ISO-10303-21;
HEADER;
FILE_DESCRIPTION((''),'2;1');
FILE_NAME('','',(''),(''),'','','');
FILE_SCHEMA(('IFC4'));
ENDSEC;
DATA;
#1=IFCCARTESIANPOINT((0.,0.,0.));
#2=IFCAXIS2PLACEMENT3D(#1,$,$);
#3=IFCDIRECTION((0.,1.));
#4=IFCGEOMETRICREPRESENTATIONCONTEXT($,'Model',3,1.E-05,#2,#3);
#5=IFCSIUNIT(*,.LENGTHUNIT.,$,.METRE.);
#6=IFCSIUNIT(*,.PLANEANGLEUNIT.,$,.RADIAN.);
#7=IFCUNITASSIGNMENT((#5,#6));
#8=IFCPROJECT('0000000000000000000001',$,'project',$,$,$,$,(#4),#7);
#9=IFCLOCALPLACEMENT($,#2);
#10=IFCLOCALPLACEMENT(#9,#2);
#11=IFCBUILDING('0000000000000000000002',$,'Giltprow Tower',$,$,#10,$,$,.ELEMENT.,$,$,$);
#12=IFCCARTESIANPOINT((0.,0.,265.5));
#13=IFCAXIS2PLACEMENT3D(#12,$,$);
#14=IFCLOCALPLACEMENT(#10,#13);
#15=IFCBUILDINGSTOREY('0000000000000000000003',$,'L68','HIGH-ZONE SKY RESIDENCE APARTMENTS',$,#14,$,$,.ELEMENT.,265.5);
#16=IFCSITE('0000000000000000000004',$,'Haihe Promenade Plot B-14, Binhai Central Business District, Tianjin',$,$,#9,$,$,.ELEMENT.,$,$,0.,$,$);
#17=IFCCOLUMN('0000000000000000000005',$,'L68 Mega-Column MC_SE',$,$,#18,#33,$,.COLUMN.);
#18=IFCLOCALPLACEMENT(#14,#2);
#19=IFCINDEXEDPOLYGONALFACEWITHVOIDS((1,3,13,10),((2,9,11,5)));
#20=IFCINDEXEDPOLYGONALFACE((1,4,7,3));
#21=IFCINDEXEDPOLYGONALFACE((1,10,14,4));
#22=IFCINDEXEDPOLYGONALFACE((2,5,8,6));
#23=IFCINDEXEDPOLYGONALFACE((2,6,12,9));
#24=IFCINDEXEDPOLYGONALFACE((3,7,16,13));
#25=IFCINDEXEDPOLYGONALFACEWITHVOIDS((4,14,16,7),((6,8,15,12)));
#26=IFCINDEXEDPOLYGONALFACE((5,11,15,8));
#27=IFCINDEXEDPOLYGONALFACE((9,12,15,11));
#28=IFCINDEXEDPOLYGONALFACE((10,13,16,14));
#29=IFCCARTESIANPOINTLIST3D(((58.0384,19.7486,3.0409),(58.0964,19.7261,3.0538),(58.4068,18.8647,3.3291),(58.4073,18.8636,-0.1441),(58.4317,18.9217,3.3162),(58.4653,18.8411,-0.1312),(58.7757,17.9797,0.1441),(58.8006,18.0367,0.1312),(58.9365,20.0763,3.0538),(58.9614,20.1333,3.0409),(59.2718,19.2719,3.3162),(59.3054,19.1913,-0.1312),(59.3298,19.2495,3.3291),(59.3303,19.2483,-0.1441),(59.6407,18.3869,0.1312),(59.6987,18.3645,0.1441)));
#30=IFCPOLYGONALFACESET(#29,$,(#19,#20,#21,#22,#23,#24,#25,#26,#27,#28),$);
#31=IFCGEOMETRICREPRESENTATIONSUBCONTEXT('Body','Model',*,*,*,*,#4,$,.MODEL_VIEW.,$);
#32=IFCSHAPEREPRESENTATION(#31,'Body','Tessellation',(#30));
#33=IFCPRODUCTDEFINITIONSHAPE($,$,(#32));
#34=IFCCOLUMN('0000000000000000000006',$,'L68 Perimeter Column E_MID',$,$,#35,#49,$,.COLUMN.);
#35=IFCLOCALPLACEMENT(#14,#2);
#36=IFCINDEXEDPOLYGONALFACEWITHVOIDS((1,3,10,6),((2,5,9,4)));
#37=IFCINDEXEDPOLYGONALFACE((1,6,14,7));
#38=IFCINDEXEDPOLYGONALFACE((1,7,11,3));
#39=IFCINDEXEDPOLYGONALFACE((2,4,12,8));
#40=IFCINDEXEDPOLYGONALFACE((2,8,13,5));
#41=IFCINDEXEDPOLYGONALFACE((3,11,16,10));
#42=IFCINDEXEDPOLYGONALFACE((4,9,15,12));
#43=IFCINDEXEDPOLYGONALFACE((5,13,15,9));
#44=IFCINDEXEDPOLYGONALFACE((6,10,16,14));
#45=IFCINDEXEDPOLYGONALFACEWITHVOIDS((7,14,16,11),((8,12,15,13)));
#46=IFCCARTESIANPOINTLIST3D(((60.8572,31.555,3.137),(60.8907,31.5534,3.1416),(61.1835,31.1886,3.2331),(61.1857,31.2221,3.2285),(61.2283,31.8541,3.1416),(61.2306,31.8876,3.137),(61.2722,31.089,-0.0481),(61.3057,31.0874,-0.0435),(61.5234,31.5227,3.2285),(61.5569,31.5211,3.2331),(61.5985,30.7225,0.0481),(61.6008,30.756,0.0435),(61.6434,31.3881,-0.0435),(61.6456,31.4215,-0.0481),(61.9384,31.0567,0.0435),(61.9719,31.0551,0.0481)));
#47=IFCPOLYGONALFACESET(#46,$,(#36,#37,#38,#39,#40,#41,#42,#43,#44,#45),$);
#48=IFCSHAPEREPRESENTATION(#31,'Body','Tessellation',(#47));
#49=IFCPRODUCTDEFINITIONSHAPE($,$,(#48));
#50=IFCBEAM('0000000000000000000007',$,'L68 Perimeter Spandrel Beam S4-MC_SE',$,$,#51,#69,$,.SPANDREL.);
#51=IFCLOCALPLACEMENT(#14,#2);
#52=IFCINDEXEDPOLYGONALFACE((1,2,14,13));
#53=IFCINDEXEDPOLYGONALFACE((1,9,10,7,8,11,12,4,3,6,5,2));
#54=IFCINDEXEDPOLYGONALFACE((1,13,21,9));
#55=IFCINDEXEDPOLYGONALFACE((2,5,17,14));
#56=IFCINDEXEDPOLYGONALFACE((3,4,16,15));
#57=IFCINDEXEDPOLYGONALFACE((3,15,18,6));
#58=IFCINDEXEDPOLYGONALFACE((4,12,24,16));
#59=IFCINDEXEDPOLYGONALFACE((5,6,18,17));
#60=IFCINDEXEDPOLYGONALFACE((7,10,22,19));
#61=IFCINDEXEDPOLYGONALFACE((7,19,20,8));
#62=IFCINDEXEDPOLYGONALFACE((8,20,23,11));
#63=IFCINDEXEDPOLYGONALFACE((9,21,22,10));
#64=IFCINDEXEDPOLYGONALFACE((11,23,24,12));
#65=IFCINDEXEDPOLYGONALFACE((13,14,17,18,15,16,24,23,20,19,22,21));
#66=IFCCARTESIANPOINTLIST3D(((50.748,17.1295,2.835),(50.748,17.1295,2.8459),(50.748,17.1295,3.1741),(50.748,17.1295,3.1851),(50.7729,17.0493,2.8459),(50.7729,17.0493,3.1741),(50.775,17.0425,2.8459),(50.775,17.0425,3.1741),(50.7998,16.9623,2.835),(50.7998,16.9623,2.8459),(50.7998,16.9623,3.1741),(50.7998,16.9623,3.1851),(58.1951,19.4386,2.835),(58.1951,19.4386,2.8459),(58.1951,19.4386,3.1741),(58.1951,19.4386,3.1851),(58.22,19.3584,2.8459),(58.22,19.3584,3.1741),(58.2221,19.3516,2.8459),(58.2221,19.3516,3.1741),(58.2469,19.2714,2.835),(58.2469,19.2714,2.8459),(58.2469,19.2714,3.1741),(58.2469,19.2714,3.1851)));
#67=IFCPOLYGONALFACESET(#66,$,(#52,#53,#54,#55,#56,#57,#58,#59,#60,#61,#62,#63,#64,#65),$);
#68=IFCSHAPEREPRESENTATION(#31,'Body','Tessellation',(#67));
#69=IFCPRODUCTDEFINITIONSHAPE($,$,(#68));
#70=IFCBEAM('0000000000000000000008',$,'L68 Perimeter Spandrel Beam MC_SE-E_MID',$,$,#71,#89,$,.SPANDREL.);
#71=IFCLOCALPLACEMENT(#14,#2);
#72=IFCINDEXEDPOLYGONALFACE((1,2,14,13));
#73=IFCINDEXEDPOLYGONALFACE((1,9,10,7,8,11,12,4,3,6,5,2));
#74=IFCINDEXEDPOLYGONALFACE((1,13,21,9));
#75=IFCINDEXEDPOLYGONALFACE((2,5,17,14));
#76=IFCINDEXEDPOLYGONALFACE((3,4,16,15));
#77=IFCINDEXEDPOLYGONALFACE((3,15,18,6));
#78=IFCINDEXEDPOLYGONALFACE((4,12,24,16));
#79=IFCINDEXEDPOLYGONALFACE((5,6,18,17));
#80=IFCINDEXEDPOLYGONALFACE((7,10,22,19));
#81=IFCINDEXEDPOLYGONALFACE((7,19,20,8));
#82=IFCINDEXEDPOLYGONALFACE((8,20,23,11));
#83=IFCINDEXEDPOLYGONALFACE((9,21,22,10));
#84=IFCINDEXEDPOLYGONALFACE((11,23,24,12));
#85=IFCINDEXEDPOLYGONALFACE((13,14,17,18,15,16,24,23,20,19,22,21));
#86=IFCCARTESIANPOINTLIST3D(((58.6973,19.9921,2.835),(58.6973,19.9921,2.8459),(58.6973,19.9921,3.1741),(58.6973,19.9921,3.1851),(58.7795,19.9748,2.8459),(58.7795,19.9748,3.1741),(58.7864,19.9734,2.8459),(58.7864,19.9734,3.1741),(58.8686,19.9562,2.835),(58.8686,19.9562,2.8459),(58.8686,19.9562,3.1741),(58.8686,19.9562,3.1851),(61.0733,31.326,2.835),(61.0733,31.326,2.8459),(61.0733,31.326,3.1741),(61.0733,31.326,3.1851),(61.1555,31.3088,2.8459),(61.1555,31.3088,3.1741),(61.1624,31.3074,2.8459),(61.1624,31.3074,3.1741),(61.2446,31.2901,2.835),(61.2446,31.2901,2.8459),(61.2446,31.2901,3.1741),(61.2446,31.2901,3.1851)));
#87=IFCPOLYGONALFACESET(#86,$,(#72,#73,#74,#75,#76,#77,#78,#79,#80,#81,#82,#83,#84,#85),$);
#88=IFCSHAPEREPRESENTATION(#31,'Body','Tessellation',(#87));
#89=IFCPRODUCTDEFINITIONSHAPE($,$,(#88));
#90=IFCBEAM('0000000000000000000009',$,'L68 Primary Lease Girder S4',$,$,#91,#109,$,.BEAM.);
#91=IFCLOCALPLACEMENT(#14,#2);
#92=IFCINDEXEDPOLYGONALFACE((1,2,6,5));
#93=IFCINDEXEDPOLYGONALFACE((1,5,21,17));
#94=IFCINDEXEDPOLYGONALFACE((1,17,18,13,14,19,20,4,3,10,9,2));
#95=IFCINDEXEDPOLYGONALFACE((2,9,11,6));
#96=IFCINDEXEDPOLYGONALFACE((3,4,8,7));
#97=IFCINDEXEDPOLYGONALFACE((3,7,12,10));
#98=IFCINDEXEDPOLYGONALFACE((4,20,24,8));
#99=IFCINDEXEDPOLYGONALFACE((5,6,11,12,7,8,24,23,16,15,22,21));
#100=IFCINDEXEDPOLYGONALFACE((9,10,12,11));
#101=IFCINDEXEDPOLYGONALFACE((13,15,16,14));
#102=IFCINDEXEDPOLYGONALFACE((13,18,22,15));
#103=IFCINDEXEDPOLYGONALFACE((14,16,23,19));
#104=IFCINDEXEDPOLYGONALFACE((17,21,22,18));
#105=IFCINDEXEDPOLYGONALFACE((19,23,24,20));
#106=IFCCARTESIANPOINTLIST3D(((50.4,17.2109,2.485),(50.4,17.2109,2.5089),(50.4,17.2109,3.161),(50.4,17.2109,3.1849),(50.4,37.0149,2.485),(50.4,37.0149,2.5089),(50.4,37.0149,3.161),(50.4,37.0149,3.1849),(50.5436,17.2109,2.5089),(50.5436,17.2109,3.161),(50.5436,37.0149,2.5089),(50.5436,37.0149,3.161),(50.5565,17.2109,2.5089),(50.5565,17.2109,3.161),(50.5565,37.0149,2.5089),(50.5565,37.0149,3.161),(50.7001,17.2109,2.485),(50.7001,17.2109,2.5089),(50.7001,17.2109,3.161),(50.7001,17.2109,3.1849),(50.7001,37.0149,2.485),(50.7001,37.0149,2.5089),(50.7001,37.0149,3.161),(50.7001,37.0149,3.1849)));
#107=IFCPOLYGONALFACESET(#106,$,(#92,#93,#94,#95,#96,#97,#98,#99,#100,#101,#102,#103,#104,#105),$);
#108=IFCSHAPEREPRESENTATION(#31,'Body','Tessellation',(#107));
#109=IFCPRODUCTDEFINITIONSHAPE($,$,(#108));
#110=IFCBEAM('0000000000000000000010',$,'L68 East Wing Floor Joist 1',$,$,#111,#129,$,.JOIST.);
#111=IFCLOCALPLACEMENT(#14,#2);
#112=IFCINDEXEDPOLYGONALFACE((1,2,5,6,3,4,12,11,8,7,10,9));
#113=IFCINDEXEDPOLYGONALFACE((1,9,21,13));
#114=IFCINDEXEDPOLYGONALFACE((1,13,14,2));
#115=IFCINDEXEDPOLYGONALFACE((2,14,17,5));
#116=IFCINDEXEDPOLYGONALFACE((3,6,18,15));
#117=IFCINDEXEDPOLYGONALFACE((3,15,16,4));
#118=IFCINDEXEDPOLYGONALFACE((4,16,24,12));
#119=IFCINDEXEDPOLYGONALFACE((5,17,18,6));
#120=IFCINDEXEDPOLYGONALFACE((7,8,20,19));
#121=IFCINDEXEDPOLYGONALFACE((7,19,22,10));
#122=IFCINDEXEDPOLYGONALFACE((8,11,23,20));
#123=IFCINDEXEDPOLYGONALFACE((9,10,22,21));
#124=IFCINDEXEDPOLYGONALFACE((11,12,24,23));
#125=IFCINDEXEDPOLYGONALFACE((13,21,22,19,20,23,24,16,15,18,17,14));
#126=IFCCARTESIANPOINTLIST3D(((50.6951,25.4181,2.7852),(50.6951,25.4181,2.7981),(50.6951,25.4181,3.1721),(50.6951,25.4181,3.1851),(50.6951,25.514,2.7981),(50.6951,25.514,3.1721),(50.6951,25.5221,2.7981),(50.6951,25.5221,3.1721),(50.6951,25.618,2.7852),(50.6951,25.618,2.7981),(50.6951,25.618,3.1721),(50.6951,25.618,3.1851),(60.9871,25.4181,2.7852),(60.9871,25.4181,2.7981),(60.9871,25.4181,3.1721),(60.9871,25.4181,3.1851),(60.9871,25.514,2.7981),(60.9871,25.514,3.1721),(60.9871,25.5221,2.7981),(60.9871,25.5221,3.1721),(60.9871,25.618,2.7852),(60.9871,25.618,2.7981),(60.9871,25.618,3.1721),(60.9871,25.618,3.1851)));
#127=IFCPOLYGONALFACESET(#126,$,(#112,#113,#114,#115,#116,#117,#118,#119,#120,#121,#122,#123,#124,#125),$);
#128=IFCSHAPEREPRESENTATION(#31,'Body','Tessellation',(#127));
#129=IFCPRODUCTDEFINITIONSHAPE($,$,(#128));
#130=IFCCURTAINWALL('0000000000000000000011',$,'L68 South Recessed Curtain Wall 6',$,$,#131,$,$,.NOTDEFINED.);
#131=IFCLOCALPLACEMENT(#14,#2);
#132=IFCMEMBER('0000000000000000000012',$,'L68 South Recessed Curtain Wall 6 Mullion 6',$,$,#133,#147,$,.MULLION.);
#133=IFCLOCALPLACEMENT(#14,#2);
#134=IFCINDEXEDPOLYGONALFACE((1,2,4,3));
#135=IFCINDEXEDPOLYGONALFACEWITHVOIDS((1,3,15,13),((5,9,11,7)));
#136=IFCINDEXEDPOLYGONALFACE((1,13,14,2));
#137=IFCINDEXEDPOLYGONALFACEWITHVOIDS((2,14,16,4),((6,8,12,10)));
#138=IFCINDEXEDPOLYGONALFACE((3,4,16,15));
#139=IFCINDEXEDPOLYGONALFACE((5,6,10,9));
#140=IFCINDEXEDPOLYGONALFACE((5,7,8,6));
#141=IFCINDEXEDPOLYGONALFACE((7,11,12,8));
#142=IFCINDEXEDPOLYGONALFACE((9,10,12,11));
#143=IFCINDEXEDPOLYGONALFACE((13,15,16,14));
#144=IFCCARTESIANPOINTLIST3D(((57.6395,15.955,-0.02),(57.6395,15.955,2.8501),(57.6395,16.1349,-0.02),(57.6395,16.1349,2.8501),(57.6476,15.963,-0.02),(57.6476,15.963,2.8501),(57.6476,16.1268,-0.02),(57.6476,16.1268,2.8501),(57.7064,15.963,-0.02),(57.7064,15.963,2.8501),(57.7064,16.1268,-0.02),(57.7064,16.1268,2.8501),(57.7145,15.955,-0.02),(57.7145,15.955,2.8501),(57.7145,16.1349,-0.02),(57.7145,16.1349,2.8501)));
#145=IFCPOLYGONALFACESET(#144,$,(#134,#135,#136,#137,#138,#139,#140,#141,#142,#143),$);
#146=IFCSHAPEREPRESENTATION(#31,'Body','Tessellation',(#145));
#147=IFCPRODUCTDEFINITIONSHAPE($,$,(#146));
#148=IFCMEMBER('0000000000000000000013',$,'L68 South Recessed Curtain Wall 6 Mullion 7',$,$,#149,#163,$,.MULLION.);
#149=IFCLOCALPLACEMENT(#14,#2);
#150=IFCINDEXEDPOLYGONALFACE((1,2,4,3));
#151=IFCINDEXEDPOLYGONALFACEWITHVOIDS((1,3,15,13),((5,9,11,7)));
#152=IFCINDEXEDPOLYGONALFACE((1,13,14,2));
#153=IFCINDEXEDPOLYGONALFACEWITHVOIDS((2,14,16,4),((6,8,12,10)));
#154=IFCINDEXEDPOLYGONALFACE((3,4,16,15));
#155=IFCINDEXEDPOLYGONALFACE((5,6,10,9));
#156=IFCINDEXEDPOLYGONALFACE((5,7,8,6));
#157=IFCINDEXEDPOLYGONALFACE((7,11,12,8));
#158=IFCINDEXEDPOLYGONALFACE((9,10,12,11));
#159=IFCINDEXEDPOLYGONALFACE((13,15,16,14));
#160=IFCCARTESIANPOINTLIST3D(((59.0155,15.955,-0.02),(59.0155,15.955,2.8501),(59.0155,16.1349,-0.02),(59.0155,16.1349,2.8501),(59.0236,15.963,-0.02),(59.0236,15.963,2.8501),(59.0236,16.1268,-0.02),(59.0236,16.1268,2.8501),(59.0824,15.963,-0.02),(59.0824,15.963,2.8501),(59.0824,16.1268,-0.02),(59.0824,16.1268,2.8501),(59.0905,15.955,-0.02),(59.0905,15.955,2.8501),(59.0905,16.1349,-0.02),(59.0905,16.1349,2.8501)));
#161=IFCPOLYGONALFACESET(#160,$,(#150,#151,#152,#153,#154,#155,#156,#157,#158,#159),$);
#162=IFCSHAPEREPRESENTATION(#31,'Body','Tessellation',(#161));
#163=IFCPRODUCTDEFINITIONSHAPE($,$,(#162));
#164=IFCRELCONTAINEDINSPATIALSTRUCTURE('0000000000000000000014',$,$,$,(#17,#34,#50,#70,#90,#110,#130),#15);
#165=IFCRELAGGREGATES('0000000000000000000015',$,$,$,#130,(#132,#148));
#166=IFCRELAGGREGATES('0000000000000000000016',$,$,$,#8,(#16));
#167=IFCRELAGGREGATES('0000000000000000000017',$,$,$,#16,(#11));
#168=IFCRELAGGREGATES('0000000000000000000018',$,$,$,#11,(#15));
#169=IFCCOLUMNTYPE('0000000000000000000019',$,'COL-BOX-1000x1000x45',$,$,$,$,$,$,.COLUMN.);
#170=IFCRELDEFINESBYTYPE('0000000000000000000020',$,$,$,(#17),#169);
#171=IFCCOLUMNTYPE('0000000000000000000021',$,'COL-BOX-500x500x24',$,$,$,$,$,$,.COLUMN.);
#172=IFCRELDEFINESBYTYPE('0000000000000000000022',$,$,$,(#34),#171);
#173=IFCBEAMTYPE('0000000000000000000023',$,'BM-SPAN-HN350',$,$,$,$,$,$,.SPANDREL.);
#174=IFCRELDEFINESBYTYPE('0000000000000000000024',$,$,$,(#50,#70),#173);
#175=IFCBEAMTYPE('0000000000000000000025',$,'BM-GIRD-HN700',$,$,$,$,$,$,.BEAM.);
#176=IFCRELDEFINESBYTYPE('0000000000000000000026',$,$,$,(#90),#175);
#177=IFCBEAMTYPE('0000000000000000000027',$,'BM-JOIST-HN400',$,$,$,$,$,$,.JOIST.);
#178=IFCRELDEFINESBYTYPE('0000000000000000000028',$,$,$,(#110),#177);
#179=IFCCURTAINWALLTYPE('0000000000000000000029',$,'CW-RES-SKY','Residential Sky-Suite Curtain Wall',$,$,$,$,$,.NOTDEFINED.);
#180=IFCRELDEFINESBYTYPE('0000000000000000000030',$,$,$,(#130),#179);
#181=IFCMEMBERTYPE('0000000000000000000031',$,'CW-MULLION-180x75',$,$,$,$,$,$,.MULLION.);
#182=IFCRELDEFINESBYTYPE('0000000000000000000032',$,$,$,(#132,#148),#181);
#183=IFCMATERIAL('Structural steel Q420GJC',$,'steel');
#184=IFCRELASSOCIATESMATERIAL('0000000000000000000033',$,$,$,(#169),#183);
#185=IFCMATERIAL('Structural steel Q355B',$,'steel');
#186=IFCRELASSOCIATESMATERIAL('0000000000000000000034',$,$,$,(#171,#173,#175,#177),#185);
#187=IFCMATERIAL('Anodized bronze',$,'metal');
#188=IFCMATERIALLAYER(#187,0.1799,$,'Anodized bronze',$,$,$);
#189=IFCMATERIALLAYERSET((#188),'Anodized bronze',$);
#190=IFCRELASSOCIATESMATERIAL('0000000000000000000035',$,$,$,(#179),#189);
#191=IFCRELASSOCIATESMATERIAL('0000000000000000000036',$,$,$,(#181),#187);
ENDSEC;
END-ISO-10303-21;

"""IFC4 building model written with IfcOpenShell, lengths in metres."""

from ifc_helpers import new_model, si_unit, direction, frame, origin, origin_2d, place, context, subcontext, project, spatial, hollow_rectangle, i_section, extrude, source, transform, mapped, material, layer, layer_set, material_profile, profile_set, type_object, element, aggregate, save


model = new_model("IFC4")

# Units and contexts
model_context = context("Model", 3, precision=1e-05, world=origin(), true_north=direction((0.0, 1.0)))
body_context = subcontext(model_context, "Body", "Model", "MODEL_VIEW")
ifc_project = project(units=[si_unit("LENGTHUNIT", "METRE"), si_unit("PLANEANGLEUNIT", "RADIAN")], contexts=[model_context])

# Site, building, storey
site_placement = place(None, origin())
site = spatial("IfcSite", under=ifc_project, at=site_placement, Name="Haihe Promenade Plot B-14, Binhai Central Business District, Tianjin", CompositionType="ELEMENT", RefElevation=0.0)
building_placement = place(site_placement, origin())
building = spatial("IfcBuilding", under=site, at=building_placement, Name="Giltprow Tower", CompositionType="ELEMENT")
storey_placement = place(building_placement, frame((0.0, 0.0, 265.5)))
storey = spatial("IfcBuildingStorey", under=building, at=storey_placement, Name="L68", Description="HIGH-ZONE SKY RESIDENCE APARTMENTS", CompositionType="ELEMENT", Elevation=265.5)

# Columns
ifc_material_1 = material(Name="Structural steel Q420GJC", Category="steel")
ifc_material_profile_1 = material_profile(ifc_material_1, hollow_rectangle(XDim=1.0, YDim=1.0, WallThickness=0.0449, at=origin_2d()), Name="BOX 1000x1000x45")
ifc_profile_set_1 = profile_set([ifc_material_profile_1], Name="Structural steel Q420GJC")
column_type_1 = type_object("IfcColumnType", Name="COL-BOX-1000x1000x45", PredefinedType="COLUMN", material=ifc_profile_set_1)
shared_shape_1 = source(origin(), body_context, "Body", "SweptSolid", [
    extrude(hollow_rectangle(XDim=1.0, YDim=1.0, WallThickness=0.0449, at=origin_2d()), origin(), (0.0, 0.0, 1.0), 3.3262),
])
column_1_placement = place(storey_placement, frame((59.053, 18.614, 0.0), z_axis=(-0.110905, 0.266068, 0.957553), x_axis=(-0.923024, -0.384742, 0.0)))
element("IfcColumn", 1, at=column_1_placement, inside=storey, type_object=column_type_1, Name="L68 Mega-Column MC_SE", PredefinedType="COLUMN", context=body_context, shape_type="MappedRepresentation", body=[
    mapped(shared_shape_1, transform((0.0, 0.0, 0.0), x_axis=(1.0, 0.0, 0.0), y_axis=(0.0, 1.0, 0.0), z_axis=(0.0, 0.0, 1.0), scale=1.0)),
])
ifc_material_2 = material(Name="Structural steel Q355B", Category="steel")
ifc_material_profile_2 = material_profile(ifc_material_2, hollow_rectangle(XDim=0.5, YDim=0.5, WallThickness=0.0239, at=origin_2d()), Name="BOX 500x500x24")
ifc_profile_set_2 = profile_set([ifc_material_profile_2], Name="Structural steel Q355B")
column_type_2 = type_object("IfcColumnType", Name="COL-BOX-500x500x24", PredefinedType="COLUMN", material=ifc_profile_set_2)
shared_shape_2 = source(origin(), body_context, "Body", "SweptSolid", [
    extrude(hollow_rectangle(XDim=0.5, YDim=0.5, WallThickness=0.0239, at=origin_2d()), origin(), (0.0, 0.0, 1.0), 3.2456),
])
column_2_placement = place(storey_placement, frame((61.6221, 31.072, 0.0), z_axis=(-0.127877, 0.143598, 0.98134), x_axis=(-0.746805, -0.665043, 0.0)))
element("IfcColumn", 2, at=column_2_placement, inside=storey, type_object=column_type_2, Name="L68 Perimeter Column E_MID", PredefinedType="COLUMN", context=body_context, shape_type="MappedRepresentation", body=[
    mapped(shared_shape_2, transform((0.0, 0.0, 0.0), x_axis=(1.0, 0.0, 0.0), y_axis=(0.0, 1.0, 0.0), z_axis=(0.0, 0.0, 1.0), scale=1.0)),
])

# Beams
ifc_material_profile_3 = material_profile(ifc_material_2, i_section(OverallWidth=0.175, OverallDepth=0.3501, WebThickness=0.0071, FlangeThickness=0.011, at=origin_2d()), Name="HN 350x175x7x11")
ifc_profile_set_3 = profile_set([ifc_material_profile_3], Name="Structural steel Q355B")
beam_type_1 = type_object("IfcBeamType", Name="BM-SPAN-HN350", PredefinedType="SPANDREL", material=ifc_profile_set_3)
shared_shape_3 = source(origin(), body_context, "Body", "SweptSolid", [
    extrude(i_section(OverallWidth=0.175, OverallDepth=0.3501, WebThickness=0.0071, FlangeThickness=0.011, at=origin_2d()), origin(), (0.0, 0.0, 1.0), 7.7969),
])
beam_1_placement = place(storey_placement, frame((50.7739, 17.0459, 3.01), z_axis=(0.955139, 0.296158, 0.0), x_axis=(-0.296158, 0.955139, 0.0)))
element("IfcBeam", 3, at=beam_1_placement, inside=storey, type_object=beam_type_1, Name="L68 Perimeter Spandrel Beam S4-MC_SE", PredefinedType="SPANDREL", context=body_context, shape_type="MappedRepresentation", body=[
    mapped(shared_shape_3, transform((0.0, 0.0, 0.0), x_axis=(1.0, 0.0, 0.0), y_axis=(0.0, 1.0, 0.0), z_axis=(0.0, 0.0, 1.0), scale=1.0)),
])
shared_shape_4 = source(origin(), body_context, "Body", "SweptSolid", [
    extrude(i_section(OverallWidth=0.175, OverallDepth=0.3501, WebThickness=0.0071, FlangeThickness=0.011, at=origin_2d()), origin(), (0.0, 0.0, 1.0), 11.5803),
])
beam_2_placement = place(storey_placement, frame((58.783, 19.9741, 3.01), z_axis=(0.205173, 0.978726, 0.0), x_axis=(-0.978726, 0.205173, 0.0)))
element("IfcBeam", 4, at=beam_2_placement, inside=storey, type_object=beam_type_1, Name="L68 Perimeter Spandrel Beam MC_SE-E_MID", PredefinedType="SPANDREL", context=body_context, shape_type="MappedRepresentation", body=[
    mapped(shared_shape_4, transform((0.0, 0.0, 0.0), x_axis=(1.0, 0.0, 0.0), y_axis=(0.0, 1.0, 0.0), z_axis=(0.0, 0.0, 1.0), scale=1.0)),
])
ifc_material_profile_4 = material_profile(ifc_material_2, i_section(OverallWidth=0.3, OverallDepth=0.7, WebThickness=0.0129, FlangeThickness=0.0239, at=origin_2d()), Name="HN 700x300x13x24")
ifc_profile_set_4 = profile_set([ifc_material_profile_4], Name="Structural steel Q355B")
beam_type_2 = type_object("IfcBeamType", Name="BM-GIRD-HN700", PredefinedType="BEAM", material=ifc_profile_set_4)
shared_shape_5 = source(origin(), body_context, "Body", "SweptSolid", [
    extrude(i_section(OverallWidth=0.3, OverallDepth=0.7, WebThickness=0.0129, FlangeThickness=0.0239, at=origin_2d()), origin(), (0.0, 0.0, 1.0), 19.804),
])
beam_3_placement = place(storey_placement, frame((50.55, 17.2109, 2.835), z_axis=(0.0, 1.0, 0.0), x_axis=(-1.0, 0.0, 0.0)))
element("IfcBeam", 5, at=beam_3_placement, inside=storey, type_object=beam_type_2, Name="L68 Primary Lease Girder S4", PredefinedType="BEAM", context=body_context, shape_type="MappedRepresentation", body=[
    mapped(shared_shape_5, transform((0.0, 0.0, 0.0), x_axis=(1.0, 0.0, 0.0), y_axis=(0.0, 1.0, 0.0), z_axis=(0.0, 0.0, 1.0), scale=1.0)),
])
ifc_material_profile_5 = material_profile(ifc_material_2, i_section(OverallWidth=0.2, OverallDepth=0.3999, WebThickness=0.0081, FlangeThickness=0.0129, at=origin_2d()), Name="HN 400x200x8x13")
ifc_profile_set_5 = profile_set([ifc_material_profile_5], Name="Structural steel Q355B")
beam_type_3 = type_object("IfcBeamType", Name="BM-JOIST-HN400", PredefinedType="JOIST", material=ifc_profile_set_5)
shared_shape_6 = source(origin(), body_context, "Body", "SweptSolid", [
    extrude(i_section(OverallWidth=0.2, OverallDepth=0.3999, WebThickness=0.0081, FlangeThickness=0.0129, at=origin_2d()), origin(), (0.0, 0.0, 1.0), 10.292),
])
beam_4_placement = place(storey_placement, frame((50.6951, 25.5181, 2.9851), z_axis=(1.0, 0.0, 0.0), x_axis=(0.0, 1.0, 0.0)))
element("IfcBeam", 6, at=beam_4_placement, inside=storey, type_object=beam_type_3, Name="L68 East Wing Floor Joist 1", PredefinedType="JOIST", context=body_context, shape_type="MappedRepresentation", body=[
    mapped(shared_shape_6, transform((0.0, 0.0, 0.0), x_axis=(1.0, 0.0, 0.0), y_axis=(0.0, 1.0, 0.0), z_axis=(0.0, 0.0, 1.0), scale=1.0)),
])

# Curtain wall, members
ifc_material_3 = material(Name="Anodized bronze", Category="metal")
ifc_layer_1 = layer(ifc_material_3, 0.1799, Name="Anodized bronze")
ifc_layer_set_1 = layer_set([ifc_layer_1], Name="Anodized bronze")
curtain_wall_type = type_object("IfcCurtainWallType", Name="CW-RES-SKY", Description="Residential Sky-Suite Curtain Wall", PredefinedType="NOTDEFINED", material=ifc_layer_set_1)
curtain_wall_placement = place(storey_placement, origin())
curtain_wall = element("IfcCurtainWall", 7, at=curtain_wall_placement, inside=storey, type_object=curtain_wall_type, Name="L68 South Recessed Curtain Wall 6", PredefinedType="NOTDEFINED")
ifc_material_profile_6 = material_profile(ifc_material_3, hollow_rectangle(XDim=0.075, YDim=0.1799, WallThickness=0.0081, at=origin_2d()), Name="RHS 180x75x8")
ifc_profile_set_6 = profile_set([ifc_material_profile_6], Name="Anodized bronze")
member_type = type_object("IfcMemberType", Name="CW-MULLION-180x75", PredefinedType="MULLION", material=ifc_profile_set_6)
shared_shape_7 = source(origin(), body_context, "Body", "SweptSolid", [
    extrude(hollow_rectangle(XDim=0.075, YDim=0.1799, WallThickness=0.0081, at=origin_2d()), origin(), (0.0, 0.0, 1.0), 2.8701),
])
member_1_placement = place(storey_placement, frame((57.677, 16.0449, -0.02), z_axis=(0.0, 0.0, 1.0), x_axis=(1.0, 0.0, 0.0)))
member_1 = element("IfcMember", 8, at=member_1_placement, type_object=member_type, Name="L68 South Recessed Curtain Wall 6 Mullion 6", PredefinedType="MULLION", context=body_context, shape_type="MappedRepresentation", body=[
    mapped(shared_shape_7, transform((0.0, 0.0, 0.0), x_axis=(1.0, 0.0, 0.0), y_axis=(0.0, 1.0, 0.0), z_axis=(0.0, 0.0, 1.0), scale=1.0)),
])
member_2_placement = place(storey_placement, frame((59.053, 16.0449, -0.02), z_axis=(0.0, 0.0, 1.0), x_axis=(1.0, 0.0, 0.0)))
member_2 = element("IfcMember", 9, at=member_2_placement, type_object=member_type, Name="L68 South Recessed Curtain Wall 6 Mullion 7", PredefinedType="MULLION", context=body_context, shape_type="MappedRepresentation", body=[
    mapped(shared_shape_7, transform((0.0, 0.0, 0.0), x_axis=(1.0, 0.0, 0.0), y_axis=(0.0, 1.0, 0.0), z_axis=(0.0, 0.0, 1.0), scale=1.0)),
])

aggregate(curtain_wall, [member_1, member_2])

save(model, "model.ifc")
